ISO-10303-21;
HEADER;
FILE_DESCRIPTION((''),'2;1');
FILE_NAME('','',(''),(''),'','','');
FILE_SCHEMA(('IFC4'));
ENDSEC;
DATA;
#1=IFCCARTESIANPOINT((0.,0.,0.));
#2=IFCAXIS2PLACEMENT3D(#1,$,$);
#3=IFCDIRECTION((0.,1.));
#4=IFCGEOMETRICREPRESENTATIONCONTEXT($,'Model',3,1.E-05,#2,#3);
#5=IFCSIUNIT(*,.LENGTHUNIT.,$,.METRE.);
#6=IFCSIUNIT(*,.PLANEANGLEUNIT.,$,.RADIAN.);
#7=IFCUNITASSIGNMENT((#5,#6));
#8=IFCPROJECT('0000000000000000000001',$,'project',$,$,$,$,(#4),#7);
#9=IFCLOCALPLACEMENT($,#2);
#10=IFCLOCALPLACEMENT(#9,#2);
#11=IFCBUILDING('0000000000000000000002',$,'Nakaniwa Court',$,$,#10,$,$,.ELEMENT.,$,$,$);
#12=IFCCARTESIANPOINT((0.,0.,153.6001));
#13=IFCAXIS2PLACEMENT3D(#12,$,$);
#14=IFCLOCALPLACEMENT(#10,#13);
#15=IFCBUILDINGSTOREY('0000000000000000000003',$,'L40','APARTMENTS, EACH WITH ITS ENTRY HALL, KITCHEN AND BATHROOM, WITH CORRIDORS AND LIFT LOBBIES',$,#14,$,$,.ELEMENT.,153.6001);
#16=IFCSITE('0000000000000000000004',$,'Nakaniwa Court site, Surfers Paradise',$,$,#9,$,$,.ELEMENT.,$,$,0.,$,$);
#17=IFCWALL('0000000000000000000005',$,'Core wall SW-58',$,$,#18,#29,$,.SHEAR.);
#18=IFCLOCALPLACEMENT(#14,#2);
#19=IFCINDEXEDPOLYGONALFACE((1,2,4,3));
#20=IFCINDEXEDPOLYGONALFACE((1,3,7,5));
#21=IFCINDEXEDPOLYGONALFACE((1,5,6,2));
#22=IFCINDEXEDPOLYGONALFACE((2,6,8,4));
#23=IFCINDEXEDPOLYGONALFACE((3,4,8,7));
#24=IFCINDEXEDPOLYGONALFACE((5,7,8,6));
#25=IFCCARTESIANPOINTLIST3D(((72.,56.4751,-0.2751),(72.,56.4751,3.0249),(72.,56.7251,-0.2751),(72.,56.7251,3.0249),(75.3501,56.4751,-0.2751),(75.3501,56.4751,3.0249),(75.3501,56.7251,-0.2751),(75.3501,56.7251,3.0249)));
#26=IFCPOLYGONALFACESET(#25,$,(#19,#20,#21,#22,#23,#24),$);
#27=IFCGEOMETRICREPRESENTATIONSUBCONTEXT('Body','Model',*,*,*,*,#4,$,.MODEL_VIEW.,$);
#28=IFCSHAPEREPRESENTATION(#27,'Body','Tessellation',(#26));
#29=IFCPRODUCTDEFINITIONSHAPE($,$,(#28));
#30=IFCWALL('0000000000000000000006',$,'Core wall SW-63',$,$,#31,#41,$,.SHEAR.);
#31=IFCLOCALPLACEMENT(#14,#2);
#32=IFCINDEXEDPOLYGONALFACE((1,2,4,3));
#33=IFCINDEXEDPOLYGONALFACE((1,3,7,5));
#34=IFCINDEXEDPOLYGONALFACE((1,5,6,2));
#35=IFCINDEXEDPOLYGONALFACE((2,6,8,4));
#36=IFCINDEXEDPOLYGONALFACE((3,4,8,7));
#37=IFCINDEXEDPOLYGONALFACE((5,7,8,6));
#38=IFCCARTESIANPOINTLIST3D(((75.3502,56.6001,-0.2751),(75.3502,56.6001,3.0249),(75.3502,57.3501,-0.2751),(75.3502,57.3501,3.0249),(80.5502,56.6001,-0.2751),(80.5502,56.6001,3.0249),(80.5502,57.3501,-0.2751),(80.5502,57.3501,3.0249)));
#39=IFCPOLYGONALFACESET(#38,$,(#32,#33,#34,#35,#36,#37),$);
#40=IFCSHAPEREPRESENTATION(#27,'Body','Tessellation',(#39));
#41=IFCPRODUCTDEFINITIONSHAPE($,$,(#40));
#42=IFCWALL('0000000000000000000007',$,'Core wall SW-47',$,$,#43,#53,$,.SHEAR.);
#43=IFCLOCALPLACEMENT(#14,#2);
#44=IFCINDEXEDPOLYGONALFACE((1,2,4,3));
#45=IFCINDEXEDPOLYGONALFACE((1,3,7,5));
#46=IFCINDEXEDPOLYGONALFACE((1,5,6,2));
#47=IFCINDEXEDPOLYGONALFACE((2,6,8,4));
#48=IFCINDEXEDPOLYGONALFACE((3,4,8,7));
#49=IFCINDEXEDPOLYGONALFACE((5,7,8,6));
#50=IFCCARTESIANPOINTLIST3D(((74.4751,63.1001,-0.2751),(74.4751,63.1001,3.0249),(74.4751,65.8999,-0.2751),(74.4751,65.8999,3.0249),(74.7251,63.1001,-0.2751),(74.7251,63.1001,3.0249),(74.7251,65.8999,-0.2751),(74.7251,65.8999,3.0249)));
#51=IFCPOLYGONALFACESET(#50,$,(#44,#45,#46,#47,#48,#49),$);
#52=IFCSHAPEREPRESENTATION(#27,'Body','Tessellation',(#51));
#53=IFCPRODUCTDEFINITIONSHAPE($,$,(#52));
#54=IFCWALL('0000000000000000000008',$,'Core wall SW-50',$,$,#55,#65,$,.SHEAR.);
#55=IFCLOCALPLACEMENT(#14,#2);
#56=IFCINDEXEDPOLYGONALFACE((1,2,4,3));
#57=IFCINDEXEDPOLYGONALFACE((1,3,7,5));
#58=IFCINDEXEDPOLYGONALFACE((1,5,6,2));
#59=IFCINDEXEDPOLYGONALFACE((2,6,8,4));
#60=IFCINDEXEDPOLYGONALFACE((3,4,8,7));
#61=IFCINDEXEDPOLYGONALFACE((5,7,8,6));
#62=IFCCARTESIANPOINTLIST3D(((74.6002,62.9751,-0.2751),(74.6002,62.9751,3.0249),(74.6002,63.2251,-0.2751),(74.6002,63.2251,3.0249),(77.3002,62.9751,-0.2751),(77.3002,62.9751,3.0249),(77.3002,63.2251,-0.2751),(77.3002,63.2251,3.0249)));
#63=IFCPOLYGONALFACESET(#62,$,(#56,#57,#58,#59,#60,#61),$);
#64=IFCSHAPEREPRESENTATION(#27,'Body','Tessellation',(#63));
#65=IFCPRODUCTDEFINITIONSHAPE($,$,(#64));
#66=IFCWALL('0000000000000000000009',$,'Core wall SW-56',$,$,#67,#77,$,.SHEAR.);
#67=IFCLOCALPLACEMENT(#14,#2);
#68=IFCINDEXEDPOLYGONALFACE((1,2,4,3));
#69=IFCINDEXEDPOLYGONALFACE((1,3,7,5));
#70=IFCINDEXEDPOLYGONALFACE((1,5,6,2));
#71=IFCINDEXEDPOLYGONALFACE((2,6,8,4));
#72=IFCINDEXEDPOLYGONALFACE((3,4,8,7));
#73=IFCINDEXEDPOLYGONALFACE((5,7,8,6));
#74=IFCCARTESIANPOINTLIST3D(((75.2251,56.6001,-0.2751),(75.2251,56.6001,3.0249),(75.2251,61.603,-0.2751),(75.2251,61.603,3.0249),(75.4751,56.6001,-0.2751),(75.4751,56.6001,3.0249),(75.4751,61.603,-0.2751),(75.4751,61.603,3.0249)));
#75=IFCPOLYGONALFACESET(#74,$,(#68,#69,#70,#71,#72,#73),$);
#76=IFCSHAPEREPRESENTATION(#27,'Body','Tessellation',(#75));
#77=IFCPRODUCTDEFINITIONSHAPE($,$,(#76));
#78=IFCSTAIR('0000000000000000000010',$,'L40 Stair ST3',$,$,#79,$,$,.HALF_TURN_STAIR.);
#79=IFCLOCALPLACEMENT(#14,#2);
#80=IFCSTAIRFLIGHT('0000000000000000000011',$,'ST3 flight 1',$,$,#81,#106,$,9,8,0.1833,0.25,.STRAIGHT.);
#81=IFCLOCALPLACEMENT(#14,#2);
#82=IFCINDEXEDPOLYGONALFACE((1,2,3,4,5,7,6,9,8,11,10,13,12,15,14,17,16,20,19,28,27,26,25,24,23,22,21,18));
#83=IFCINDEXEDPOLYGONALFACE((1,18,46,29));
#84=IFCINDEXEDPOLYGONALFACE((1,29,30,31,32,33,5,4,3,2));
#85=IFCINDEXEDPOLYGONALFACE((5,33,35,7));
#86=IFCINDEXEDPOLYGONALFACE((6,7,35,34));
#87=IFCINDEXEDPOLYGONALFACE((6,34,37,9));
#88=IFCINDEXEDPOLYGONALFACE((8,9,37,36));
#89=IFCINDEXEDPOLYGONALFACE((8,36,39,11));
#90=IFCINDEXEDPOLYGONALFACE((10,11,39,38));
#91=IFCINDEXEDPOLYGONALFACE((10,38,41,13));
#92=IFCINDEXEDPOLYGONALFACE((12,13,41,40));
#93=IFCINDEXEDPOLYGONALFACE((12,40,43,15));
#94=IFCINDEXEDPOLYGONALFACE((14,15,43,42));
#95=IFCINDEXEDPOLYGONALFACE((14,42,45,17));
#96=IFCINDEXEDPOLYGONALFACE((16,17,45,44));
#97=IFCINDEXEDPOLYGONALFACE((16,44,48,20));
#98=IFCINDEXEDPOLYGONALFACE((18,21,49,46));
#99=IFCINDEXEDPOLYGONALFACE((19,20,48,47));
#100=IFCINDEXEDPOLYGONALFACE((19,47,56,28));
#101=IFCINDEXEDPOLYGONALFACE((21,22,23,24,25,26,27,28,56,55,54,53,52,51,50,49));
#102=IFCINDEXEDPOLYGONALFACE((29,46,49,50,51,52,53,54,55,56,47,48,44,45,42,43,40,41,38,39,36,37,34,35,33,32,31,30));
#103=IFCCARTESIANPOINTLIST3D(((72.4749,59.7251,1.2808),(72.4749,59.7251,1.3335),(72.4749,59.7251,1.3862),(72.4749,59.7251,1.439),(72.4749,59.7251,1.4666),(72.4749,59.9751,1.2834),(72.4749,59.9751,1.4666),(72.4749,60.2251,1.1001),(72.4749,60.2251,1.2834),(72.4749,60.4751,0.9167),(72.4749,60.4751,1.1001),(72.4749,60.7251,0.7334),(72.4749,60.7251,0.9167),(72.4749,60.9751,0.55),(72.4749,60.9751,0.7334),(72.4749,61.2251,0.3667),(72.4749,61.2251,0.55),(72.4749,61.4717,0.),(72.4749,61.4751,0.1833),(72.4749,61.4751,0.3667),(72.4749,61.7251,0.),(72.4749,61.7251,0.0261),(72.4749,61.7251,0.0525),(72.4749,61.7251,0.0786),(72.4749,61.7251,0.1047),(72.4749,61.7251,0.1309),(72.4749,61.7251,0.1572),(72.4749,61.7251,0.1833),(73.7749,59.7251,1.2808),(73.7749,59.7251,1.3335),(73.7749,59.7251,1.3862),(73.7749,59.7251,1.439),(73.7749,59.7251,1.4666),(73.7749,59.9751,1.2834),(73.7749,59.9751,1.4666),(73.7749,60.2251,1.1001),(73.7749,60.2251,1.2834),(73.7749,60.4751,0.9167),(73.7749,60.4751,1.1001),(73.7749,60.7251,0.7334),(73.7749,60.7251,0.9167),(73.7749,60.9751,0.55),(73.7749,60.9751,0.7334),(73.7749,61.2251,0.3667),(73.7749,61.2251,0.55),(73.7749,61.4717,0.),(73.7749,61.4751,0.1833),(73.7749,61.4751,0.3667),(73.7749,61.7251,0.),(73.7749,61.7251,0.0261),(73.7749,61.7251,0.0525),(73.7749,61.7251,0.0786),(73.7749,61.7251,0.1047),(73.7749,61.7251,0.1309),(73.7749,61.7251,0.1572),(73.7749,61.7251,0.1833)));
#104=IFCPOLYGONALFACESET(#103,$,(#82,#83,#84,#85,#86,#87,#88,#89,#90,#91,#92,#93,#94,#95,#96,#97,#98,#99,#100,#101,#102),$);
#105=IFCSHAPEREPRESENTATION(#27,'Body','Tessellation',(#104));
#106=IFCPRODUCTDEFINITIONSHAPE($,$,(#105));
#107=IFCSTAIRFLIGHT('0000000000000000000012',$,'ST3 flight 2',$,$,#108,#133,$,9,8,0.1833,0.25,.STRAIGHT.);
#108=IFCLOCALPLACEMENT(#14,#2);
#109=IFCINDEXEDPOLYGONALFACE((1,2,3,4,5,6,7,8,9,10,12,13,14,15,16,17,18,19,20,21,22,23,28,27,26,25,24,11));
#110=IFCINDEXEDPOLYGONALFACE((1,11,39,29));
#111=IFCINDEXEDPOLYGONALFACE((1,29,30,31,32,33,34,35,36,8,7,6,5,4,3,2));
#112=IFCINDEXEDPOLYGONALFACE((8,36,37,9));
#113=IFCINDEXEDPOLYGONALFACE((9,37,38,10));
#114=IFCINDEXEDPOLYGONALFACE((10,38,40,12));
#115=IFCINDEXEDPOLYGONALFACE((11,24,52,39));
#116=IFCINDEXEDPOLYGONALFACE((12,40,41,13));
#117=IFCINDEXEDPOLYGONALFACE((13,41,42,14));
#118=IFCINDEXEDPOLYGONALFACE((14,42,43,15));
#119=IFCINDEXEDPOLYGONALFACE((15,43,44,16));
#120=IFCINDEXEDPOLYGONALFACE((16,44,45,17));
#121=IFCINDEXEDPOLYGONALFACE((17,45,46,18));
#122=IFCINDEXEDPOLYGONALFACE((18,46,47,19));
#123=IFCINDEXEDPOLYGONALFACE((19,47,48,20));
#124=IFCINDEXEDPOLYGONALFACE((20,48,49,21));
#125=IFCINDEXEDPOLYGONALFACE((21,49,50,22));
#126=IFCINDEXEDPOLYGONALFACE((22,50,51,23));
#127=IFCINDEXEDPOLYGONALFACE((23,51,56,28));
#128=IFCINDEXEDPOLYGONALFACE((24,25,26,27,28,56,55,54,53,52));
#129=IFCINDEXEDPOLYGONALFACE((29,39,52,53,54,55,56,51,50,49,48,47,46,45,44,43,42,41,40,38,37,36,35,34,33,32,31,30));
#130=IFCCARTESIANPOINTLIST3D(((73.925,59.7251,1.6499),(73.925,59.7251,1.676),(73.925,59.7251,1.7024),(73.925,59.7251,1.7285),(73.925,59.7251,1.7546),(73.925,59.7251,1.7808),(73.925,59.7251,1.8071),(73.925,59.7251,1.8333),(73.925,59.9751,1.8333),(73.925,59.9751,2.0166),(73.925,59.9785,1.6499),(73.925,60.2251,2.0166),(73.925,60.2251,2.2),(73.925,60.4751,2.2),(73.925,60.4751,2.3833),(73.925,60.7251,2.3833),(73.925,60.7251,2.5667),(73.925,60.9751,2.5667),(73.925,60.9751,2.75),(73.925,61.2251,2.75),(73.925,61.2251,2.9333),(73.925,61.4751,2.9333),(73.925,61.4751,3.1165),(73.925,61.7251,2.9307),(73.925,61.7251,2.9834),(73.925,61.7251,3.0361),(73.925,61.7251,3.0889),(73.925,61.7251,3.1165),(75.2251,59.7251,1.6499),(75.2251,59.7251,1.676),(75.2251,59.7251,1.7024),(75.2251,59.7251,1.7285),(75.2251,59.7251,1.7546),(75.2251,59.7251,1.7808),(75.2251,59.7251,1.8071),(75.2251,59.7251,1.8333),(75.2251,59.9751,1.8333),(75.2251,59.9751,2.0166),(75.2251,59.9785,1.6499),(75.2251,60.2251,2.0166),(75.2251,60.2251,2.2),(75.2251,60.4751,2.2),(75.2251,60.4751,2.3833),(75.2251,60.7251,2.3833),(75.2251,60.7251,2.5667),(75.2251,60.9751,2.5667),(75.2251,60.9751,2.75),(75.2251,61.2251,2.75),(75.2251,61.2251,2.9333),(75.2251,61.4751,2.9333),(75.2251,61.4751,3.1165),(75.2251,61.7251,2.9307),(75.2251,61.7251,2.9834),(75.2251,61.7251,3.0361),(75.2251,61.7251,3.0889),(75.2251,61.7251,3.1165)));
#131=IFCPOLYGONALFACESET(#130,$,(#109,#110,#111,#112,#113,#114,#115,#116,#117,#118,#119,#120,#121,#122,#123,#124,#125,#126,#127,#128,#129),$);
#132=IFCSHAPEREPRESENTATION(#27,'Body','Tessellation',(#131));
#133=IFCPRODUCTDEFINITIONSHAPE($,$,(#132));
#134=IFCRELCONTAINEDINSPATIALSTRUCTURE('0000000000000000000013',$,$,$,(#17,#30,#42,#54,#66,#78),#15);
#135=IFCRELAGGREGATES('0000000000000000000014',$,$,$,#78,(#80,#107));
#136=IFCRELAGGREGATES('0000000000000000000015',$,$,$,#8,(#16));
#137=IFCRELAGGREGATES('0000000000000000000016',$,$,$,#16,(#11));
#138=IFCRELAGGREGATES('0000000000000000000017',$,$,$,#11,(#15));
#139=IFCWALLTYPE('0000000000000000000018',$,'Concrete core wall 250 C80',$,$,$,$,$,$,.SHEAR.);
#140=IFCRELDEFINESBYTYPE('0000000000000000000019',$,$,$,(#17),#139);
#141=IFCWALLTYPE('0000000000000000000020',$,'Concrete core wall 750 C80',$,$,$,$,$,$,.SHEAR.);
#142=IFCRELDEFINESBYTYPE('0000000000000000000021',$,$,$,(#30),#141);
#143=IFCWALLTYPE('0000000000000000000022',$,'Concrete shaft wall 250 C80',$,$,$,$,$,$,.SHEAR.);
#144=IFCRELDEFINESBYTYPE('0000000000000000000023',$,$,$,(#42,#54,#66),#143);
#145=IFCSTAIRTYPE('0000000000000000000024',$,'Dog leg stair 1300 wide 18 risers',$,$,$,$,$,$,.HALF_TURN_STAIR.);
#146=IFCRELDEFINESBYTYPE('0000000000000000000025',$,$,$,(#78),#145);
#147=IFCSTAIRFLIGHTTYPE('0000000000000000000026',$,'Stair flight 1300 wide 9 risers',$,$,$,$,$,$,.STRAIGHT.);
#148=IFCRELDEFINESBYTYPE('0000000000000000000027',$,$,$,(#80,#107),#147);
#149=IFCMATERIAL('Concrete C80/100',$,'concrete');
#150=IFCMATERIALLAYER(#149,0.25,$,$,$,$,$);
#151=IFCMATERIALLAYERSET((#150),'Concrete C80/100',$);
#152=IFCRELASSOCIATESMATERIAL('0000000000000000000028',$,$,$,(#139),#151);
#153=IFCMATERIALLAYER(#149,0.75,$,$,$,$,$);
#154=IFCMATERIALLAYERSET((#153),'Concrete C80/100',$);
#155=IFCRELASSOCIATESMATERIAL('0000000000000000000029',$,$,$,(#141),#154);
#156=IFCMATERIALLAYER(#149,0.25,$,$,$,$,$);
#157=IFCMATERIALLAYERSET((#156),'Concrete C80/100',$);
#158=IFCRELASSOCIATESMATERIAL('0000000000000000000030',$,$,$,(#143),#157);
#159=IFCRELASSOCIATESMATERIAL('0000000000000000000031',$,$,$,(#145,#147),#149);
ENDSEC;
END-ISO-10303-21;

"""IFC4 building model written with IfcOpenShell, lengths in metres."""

from ifc_helpers import new_model, si_unit, direction, frame, frame_2d, origin, place, context, subcontext, project, spatial, polyline, rectangle, outline, extrude, material, layer, layer_set, type_object, element, aggregate, save


model = new_model("IFC4")

# Units and contexts
model_context = context("Model", 3, precision=1e-05, world=origin(), true_north=direction((0.0, 1.0)))
body_context = subcontext(model_context, "Body", "Model", "MODEL_VIEW")
ifc_project = project(units=[si_unit("LENGTHUNIT", "METRE"), si_unit("PLANEANGLEUNIT", "RADIAN")], contexts=[model_context])

# Site, building, storey
site_placement = place(None, origin())
site = spatial("IfcSite", under=ifc_project, at=site_placement, Name="Nakaniwa Court site, Surfers Paradise", CompositionType="ELEMENT", RefElevation=0.0)
building_placement = place(site_placement, origin())
building = spatial("IfcBuilding", under=site, at=building_placement, Name="Nakaniwa Court", CompositionType="ELEMENT")
storey_placement = place(building_placement, frame((0.0, 0.0, 153.6001)))
storey = spatial("IfcBuildingStorey", under=building, at=storey_placement, Name="L40", Description="APARTMENTS, EACH WITH ITS ENTRY HALL, KITCHEN AND BATHROOM, WITH CORRIDORS AND LIFT LOBBIES", CompositionType="ELEMENT", Elevation=153.6001)

# Shared definitions
ifc_material_1 = material(Name="Concrete C80/100", Category="concrete")

# Walls
ifc_layer_1 = layer(ifc_material_1, 0.25)
ifc_layer_set_1 = layer_set([ifc_layer_1], Name="Concrete C80/100")
wall_type_1 = type_object("IfcWallType", Name="Concrete core wall 250 C80", PredefinedType="SHEAR", material=ifc_layer_set_1)
wall_1_placement = place(storey_placement, frame((72.0, 56.6001, -0.2751), z_axis=(0.0, 0.0, 1.0), x_axis=(1.0, 0.0, 0.0)))
element("IfcWall", 1, at=wall_1_placement, inside=storey, type_object=wall_type_1, Name="Core wall SW-58", PredefinedType="SHEAR", context=body_context, shape_type="SweptSolid", body=[
    extrude(rectangle(XDim=3.3501, YDim=0.25, at=frame_2d((1.675, 0.0))), origin(), (0.0, 0.0, 1.0), 3.3),
])
ifc_layer_2 = layer(ifc_material_1, 0.75)
ifc_layer_set_2 = layer_set([ifc_layer_2], Name="Concrete C80/100")
wall_type_2 = type_object("IfcWallType", Name="Concrete core wall 750 C80", PredefinedType="SHEAR", material=ifc_layer_set_2)
wall_2_placement = place(storey_placement, frame((75.3501, 56.9751, -0.2751), z_axis=(0.0, 0.0, 1.0), x_axis=(1.0, 0.0, 0.0)))
element("IfcWall", 2, at=wall_2_placement, inside=storey, type_object=wall_type_2, Name="Core wall SW-63", PredefinedType="SHEAR", context=body_context, shape_type="SweptSolid", body=[
    extrude(rectangle(XDim=5.2, YDim=0.75, at=frame_2d((2.6001, 0.0))), origin(), (0.0, 0.0, 1.0), 3.3),
])
ifc_layer_3 = layer(ifc_material_1, 0.25)
ifc_layer_set_3 = layer_set([ifc_layer_3], Name="Concrete C80/100")
wall_type_3 = type_object("IfcWallType", Name="Concrete shaft wall 250 C80", PredefinedType="SHEAR", material=ifc_layer_set_3)
wall_3_placement = place(storey_placement, frame((74.6001, 63.1001, -0.2751), z_axis=(0.0, 0.0, 1.0), x_axis=(0.0, 1.0, 0.0)))
element("IfcWall", 3, at=wall_3_placement, inside=storey, type_object=wall_type_3, Name="Core wall SW-47", PredefinedType="SHEAR", context=body_context, shape_type="SweptSolid", body=[
    extrude(rectangle(XDim=2.7998, YDim=0.25, at=frame_2d((1.3999, 0.0))), origin(), (0.0, 0.0, 1.0), 3.3),
])
wall_4_placement = place(storey_placement, frame((74.6001, 63.1001, -0.2751), z_axis=(0.0, 0.0, 1.0), x_axis=(1.0, 0.0, 0.0)))
element("IfcWall", 4, at=wall_4_placement, inside=storey, type_object=wall_type_3, Name="Core wall SW-50", PredefinedType="SHEAR", context=body_context, shape_type="SweptSolid", body=[
    extrude(rectangle(XDim=2.7, YDim=0.25, at=frame_2d((1.3501, 0.0))), origin(), (0.0, 0.0, 1.0), 3.3),
])
wall_5_placement = place(storey_placement, frame((75.3501, 56.6001, -0.2751), z_axis=(0.0, 0.0, 1.0), x_axis=(0.0, 1.0, 0.0)))
element("IfcWall", 5, at=wall_5_placement, inside=storey, type_object=wall_type_3, Name="Core wall SW-56", PredefinedType="SHEAR", context=body_context, shape_type="SweptSolid", body=[
    extrude(rectangle(XDim=5.0029, YDim=0.25, at=frame_2d((2.5015, 0.0))), origin(), (0.0, 0.0, 1.0), 3.3),
])

# Stair, stair flights
stair_type = type_object("IfcStairType", Name="Dog leg stair 1300 wide 18 risers", PredefinedType="HALF_TURN_STAIR", material=ifc_material_1)
stair_placement = place(storey_placement, origin())
stair = element("IfcStair", 6, at=stair_placement, inside=storey, type_object=stair_type, Name="L40 Stair ST3", PredefinedType="HALF_TURN_STAIR")
stair_flight_type = type_object("IfcStairFlightType", Name="Stair flight 1300 wide 9 risers", PredefinedType="STRAIGHT", material=ifc_material_1)
stair_flight_1_placement = place(storey_placement, frame((73.125, 61.7251, 0.0), z_axis=(0.0, 0.0, 1.0), x_axis=(0.0, -1.0, 0.0)))
stair_flight_1 = element("IfcStairFlight", 7, at=stair_flight_1_placement, type_object=stair_flight_type, Name="ST3 flight 1", NumberOfRisers=9, NumberOfTreads=8, PredefinedType="STRAIGHT", RiserHeight=0.1833, TreadLength=0.25, context=body_context, shape_type="SweptSolid", body=[
    extrude(outline(polyline([(0.0, 0.0), (0.0, 0.0261), (0.0, 0.0525), (0.0, 0.0786), (0.0, 0.1047), (0.0, 0.1309), (0.0, 0.1572), (0.0, 0.1833), (0.25, 0.1833), (0.25, 0.3667), (0.5, 0.3667), (0.5, 0.55), (0.75, 0.55), (0.75, 0.7334), (1.0, 0.7334), (1.0, 0.9167), (1.25, 0.9167), (1.25, 1.1001), (1.5, 1.1001), (1.5, 1.2834), (1.75, 1.2834), (1.75, 1.4666), (2.0, 1.4666), (2.0, 1.6499), (2.0, 1.5972), (2.0, 1.5444), (2.0, 1.4917), (2.0, 1.439), (2.0, 1.3862), (2.0, 1.3335), (2.0, 1.2808), (0.2534, 0.0), (0.0, 0.0)])), frame((0.0, 0.6499, 0.0), z_axis=(0.0, -1.0, 0.0), x_axis=(1.0, 0.0, 0.0)), (0.0, 0.0, 1.0), 1.3),
])
stair_flight_2_placement = place(storey_placement, frame((74.575, 59.7251, 1.6499), z_axis=(0.0, 0.0, 1.0), x_axis=(0.0, 1.0, 0.0)))
stair_flight_2 = element("IfcStairFlight", 8, at=stair_flight_2_placement, type_object=stair_flight_type, Name="ST3 flight 2", NumberOfRisers=9, NumberOfTreads=8, PredefinedType="STRAIGHT", RiserHeight=0.1833, TreadLength=0.25, context=body_context, shape_type="SweptSolid", body=[
    extrude(outline(polyline([(0.0, 0.0), (0.0, 0.0261), (0.0, 0.0525), (0.0, 0.0786), (0.0, 0.1047), (0.0, 0.1309), (0.0, 0.1572), (0.0, 0.1833), (0.25, 0.1833), (0.25, 0.3667), (0.5, 0.3667), (0.5, 0.55), (0.75, 0.55), (0.75, 0.7334), (1.0, 0.7334), (1.0, 0.9167), (1.25, 0.9167), (1.25, 1.1001), (1.5, 1.1001), (1.5, 1.2834), (1.75, 1.2834), (1.75, 1.4666), (2.0, 1.4666), (2.0, 1.6499), (2.0, 1.5972), (2.0, 1.5444), (2.0, 1.4917), (2.0, 1.439), (2.0, 1.3862), (2.0, 1.3335), (2.0, 1.2808), (0.2534, 0.0), (0.0, 0.0)])), frame((0.0, 0.6499, 0.0), z_axis=(0.0, -1.0, 0.0), x_axis=(1.0, 0.0, 0.0)), (0.0, 0.0, 1.0), 1.3),
])
aggregate(stair, [stair_flight_1, stair_flight_2])

save(model, "model.ifc")
